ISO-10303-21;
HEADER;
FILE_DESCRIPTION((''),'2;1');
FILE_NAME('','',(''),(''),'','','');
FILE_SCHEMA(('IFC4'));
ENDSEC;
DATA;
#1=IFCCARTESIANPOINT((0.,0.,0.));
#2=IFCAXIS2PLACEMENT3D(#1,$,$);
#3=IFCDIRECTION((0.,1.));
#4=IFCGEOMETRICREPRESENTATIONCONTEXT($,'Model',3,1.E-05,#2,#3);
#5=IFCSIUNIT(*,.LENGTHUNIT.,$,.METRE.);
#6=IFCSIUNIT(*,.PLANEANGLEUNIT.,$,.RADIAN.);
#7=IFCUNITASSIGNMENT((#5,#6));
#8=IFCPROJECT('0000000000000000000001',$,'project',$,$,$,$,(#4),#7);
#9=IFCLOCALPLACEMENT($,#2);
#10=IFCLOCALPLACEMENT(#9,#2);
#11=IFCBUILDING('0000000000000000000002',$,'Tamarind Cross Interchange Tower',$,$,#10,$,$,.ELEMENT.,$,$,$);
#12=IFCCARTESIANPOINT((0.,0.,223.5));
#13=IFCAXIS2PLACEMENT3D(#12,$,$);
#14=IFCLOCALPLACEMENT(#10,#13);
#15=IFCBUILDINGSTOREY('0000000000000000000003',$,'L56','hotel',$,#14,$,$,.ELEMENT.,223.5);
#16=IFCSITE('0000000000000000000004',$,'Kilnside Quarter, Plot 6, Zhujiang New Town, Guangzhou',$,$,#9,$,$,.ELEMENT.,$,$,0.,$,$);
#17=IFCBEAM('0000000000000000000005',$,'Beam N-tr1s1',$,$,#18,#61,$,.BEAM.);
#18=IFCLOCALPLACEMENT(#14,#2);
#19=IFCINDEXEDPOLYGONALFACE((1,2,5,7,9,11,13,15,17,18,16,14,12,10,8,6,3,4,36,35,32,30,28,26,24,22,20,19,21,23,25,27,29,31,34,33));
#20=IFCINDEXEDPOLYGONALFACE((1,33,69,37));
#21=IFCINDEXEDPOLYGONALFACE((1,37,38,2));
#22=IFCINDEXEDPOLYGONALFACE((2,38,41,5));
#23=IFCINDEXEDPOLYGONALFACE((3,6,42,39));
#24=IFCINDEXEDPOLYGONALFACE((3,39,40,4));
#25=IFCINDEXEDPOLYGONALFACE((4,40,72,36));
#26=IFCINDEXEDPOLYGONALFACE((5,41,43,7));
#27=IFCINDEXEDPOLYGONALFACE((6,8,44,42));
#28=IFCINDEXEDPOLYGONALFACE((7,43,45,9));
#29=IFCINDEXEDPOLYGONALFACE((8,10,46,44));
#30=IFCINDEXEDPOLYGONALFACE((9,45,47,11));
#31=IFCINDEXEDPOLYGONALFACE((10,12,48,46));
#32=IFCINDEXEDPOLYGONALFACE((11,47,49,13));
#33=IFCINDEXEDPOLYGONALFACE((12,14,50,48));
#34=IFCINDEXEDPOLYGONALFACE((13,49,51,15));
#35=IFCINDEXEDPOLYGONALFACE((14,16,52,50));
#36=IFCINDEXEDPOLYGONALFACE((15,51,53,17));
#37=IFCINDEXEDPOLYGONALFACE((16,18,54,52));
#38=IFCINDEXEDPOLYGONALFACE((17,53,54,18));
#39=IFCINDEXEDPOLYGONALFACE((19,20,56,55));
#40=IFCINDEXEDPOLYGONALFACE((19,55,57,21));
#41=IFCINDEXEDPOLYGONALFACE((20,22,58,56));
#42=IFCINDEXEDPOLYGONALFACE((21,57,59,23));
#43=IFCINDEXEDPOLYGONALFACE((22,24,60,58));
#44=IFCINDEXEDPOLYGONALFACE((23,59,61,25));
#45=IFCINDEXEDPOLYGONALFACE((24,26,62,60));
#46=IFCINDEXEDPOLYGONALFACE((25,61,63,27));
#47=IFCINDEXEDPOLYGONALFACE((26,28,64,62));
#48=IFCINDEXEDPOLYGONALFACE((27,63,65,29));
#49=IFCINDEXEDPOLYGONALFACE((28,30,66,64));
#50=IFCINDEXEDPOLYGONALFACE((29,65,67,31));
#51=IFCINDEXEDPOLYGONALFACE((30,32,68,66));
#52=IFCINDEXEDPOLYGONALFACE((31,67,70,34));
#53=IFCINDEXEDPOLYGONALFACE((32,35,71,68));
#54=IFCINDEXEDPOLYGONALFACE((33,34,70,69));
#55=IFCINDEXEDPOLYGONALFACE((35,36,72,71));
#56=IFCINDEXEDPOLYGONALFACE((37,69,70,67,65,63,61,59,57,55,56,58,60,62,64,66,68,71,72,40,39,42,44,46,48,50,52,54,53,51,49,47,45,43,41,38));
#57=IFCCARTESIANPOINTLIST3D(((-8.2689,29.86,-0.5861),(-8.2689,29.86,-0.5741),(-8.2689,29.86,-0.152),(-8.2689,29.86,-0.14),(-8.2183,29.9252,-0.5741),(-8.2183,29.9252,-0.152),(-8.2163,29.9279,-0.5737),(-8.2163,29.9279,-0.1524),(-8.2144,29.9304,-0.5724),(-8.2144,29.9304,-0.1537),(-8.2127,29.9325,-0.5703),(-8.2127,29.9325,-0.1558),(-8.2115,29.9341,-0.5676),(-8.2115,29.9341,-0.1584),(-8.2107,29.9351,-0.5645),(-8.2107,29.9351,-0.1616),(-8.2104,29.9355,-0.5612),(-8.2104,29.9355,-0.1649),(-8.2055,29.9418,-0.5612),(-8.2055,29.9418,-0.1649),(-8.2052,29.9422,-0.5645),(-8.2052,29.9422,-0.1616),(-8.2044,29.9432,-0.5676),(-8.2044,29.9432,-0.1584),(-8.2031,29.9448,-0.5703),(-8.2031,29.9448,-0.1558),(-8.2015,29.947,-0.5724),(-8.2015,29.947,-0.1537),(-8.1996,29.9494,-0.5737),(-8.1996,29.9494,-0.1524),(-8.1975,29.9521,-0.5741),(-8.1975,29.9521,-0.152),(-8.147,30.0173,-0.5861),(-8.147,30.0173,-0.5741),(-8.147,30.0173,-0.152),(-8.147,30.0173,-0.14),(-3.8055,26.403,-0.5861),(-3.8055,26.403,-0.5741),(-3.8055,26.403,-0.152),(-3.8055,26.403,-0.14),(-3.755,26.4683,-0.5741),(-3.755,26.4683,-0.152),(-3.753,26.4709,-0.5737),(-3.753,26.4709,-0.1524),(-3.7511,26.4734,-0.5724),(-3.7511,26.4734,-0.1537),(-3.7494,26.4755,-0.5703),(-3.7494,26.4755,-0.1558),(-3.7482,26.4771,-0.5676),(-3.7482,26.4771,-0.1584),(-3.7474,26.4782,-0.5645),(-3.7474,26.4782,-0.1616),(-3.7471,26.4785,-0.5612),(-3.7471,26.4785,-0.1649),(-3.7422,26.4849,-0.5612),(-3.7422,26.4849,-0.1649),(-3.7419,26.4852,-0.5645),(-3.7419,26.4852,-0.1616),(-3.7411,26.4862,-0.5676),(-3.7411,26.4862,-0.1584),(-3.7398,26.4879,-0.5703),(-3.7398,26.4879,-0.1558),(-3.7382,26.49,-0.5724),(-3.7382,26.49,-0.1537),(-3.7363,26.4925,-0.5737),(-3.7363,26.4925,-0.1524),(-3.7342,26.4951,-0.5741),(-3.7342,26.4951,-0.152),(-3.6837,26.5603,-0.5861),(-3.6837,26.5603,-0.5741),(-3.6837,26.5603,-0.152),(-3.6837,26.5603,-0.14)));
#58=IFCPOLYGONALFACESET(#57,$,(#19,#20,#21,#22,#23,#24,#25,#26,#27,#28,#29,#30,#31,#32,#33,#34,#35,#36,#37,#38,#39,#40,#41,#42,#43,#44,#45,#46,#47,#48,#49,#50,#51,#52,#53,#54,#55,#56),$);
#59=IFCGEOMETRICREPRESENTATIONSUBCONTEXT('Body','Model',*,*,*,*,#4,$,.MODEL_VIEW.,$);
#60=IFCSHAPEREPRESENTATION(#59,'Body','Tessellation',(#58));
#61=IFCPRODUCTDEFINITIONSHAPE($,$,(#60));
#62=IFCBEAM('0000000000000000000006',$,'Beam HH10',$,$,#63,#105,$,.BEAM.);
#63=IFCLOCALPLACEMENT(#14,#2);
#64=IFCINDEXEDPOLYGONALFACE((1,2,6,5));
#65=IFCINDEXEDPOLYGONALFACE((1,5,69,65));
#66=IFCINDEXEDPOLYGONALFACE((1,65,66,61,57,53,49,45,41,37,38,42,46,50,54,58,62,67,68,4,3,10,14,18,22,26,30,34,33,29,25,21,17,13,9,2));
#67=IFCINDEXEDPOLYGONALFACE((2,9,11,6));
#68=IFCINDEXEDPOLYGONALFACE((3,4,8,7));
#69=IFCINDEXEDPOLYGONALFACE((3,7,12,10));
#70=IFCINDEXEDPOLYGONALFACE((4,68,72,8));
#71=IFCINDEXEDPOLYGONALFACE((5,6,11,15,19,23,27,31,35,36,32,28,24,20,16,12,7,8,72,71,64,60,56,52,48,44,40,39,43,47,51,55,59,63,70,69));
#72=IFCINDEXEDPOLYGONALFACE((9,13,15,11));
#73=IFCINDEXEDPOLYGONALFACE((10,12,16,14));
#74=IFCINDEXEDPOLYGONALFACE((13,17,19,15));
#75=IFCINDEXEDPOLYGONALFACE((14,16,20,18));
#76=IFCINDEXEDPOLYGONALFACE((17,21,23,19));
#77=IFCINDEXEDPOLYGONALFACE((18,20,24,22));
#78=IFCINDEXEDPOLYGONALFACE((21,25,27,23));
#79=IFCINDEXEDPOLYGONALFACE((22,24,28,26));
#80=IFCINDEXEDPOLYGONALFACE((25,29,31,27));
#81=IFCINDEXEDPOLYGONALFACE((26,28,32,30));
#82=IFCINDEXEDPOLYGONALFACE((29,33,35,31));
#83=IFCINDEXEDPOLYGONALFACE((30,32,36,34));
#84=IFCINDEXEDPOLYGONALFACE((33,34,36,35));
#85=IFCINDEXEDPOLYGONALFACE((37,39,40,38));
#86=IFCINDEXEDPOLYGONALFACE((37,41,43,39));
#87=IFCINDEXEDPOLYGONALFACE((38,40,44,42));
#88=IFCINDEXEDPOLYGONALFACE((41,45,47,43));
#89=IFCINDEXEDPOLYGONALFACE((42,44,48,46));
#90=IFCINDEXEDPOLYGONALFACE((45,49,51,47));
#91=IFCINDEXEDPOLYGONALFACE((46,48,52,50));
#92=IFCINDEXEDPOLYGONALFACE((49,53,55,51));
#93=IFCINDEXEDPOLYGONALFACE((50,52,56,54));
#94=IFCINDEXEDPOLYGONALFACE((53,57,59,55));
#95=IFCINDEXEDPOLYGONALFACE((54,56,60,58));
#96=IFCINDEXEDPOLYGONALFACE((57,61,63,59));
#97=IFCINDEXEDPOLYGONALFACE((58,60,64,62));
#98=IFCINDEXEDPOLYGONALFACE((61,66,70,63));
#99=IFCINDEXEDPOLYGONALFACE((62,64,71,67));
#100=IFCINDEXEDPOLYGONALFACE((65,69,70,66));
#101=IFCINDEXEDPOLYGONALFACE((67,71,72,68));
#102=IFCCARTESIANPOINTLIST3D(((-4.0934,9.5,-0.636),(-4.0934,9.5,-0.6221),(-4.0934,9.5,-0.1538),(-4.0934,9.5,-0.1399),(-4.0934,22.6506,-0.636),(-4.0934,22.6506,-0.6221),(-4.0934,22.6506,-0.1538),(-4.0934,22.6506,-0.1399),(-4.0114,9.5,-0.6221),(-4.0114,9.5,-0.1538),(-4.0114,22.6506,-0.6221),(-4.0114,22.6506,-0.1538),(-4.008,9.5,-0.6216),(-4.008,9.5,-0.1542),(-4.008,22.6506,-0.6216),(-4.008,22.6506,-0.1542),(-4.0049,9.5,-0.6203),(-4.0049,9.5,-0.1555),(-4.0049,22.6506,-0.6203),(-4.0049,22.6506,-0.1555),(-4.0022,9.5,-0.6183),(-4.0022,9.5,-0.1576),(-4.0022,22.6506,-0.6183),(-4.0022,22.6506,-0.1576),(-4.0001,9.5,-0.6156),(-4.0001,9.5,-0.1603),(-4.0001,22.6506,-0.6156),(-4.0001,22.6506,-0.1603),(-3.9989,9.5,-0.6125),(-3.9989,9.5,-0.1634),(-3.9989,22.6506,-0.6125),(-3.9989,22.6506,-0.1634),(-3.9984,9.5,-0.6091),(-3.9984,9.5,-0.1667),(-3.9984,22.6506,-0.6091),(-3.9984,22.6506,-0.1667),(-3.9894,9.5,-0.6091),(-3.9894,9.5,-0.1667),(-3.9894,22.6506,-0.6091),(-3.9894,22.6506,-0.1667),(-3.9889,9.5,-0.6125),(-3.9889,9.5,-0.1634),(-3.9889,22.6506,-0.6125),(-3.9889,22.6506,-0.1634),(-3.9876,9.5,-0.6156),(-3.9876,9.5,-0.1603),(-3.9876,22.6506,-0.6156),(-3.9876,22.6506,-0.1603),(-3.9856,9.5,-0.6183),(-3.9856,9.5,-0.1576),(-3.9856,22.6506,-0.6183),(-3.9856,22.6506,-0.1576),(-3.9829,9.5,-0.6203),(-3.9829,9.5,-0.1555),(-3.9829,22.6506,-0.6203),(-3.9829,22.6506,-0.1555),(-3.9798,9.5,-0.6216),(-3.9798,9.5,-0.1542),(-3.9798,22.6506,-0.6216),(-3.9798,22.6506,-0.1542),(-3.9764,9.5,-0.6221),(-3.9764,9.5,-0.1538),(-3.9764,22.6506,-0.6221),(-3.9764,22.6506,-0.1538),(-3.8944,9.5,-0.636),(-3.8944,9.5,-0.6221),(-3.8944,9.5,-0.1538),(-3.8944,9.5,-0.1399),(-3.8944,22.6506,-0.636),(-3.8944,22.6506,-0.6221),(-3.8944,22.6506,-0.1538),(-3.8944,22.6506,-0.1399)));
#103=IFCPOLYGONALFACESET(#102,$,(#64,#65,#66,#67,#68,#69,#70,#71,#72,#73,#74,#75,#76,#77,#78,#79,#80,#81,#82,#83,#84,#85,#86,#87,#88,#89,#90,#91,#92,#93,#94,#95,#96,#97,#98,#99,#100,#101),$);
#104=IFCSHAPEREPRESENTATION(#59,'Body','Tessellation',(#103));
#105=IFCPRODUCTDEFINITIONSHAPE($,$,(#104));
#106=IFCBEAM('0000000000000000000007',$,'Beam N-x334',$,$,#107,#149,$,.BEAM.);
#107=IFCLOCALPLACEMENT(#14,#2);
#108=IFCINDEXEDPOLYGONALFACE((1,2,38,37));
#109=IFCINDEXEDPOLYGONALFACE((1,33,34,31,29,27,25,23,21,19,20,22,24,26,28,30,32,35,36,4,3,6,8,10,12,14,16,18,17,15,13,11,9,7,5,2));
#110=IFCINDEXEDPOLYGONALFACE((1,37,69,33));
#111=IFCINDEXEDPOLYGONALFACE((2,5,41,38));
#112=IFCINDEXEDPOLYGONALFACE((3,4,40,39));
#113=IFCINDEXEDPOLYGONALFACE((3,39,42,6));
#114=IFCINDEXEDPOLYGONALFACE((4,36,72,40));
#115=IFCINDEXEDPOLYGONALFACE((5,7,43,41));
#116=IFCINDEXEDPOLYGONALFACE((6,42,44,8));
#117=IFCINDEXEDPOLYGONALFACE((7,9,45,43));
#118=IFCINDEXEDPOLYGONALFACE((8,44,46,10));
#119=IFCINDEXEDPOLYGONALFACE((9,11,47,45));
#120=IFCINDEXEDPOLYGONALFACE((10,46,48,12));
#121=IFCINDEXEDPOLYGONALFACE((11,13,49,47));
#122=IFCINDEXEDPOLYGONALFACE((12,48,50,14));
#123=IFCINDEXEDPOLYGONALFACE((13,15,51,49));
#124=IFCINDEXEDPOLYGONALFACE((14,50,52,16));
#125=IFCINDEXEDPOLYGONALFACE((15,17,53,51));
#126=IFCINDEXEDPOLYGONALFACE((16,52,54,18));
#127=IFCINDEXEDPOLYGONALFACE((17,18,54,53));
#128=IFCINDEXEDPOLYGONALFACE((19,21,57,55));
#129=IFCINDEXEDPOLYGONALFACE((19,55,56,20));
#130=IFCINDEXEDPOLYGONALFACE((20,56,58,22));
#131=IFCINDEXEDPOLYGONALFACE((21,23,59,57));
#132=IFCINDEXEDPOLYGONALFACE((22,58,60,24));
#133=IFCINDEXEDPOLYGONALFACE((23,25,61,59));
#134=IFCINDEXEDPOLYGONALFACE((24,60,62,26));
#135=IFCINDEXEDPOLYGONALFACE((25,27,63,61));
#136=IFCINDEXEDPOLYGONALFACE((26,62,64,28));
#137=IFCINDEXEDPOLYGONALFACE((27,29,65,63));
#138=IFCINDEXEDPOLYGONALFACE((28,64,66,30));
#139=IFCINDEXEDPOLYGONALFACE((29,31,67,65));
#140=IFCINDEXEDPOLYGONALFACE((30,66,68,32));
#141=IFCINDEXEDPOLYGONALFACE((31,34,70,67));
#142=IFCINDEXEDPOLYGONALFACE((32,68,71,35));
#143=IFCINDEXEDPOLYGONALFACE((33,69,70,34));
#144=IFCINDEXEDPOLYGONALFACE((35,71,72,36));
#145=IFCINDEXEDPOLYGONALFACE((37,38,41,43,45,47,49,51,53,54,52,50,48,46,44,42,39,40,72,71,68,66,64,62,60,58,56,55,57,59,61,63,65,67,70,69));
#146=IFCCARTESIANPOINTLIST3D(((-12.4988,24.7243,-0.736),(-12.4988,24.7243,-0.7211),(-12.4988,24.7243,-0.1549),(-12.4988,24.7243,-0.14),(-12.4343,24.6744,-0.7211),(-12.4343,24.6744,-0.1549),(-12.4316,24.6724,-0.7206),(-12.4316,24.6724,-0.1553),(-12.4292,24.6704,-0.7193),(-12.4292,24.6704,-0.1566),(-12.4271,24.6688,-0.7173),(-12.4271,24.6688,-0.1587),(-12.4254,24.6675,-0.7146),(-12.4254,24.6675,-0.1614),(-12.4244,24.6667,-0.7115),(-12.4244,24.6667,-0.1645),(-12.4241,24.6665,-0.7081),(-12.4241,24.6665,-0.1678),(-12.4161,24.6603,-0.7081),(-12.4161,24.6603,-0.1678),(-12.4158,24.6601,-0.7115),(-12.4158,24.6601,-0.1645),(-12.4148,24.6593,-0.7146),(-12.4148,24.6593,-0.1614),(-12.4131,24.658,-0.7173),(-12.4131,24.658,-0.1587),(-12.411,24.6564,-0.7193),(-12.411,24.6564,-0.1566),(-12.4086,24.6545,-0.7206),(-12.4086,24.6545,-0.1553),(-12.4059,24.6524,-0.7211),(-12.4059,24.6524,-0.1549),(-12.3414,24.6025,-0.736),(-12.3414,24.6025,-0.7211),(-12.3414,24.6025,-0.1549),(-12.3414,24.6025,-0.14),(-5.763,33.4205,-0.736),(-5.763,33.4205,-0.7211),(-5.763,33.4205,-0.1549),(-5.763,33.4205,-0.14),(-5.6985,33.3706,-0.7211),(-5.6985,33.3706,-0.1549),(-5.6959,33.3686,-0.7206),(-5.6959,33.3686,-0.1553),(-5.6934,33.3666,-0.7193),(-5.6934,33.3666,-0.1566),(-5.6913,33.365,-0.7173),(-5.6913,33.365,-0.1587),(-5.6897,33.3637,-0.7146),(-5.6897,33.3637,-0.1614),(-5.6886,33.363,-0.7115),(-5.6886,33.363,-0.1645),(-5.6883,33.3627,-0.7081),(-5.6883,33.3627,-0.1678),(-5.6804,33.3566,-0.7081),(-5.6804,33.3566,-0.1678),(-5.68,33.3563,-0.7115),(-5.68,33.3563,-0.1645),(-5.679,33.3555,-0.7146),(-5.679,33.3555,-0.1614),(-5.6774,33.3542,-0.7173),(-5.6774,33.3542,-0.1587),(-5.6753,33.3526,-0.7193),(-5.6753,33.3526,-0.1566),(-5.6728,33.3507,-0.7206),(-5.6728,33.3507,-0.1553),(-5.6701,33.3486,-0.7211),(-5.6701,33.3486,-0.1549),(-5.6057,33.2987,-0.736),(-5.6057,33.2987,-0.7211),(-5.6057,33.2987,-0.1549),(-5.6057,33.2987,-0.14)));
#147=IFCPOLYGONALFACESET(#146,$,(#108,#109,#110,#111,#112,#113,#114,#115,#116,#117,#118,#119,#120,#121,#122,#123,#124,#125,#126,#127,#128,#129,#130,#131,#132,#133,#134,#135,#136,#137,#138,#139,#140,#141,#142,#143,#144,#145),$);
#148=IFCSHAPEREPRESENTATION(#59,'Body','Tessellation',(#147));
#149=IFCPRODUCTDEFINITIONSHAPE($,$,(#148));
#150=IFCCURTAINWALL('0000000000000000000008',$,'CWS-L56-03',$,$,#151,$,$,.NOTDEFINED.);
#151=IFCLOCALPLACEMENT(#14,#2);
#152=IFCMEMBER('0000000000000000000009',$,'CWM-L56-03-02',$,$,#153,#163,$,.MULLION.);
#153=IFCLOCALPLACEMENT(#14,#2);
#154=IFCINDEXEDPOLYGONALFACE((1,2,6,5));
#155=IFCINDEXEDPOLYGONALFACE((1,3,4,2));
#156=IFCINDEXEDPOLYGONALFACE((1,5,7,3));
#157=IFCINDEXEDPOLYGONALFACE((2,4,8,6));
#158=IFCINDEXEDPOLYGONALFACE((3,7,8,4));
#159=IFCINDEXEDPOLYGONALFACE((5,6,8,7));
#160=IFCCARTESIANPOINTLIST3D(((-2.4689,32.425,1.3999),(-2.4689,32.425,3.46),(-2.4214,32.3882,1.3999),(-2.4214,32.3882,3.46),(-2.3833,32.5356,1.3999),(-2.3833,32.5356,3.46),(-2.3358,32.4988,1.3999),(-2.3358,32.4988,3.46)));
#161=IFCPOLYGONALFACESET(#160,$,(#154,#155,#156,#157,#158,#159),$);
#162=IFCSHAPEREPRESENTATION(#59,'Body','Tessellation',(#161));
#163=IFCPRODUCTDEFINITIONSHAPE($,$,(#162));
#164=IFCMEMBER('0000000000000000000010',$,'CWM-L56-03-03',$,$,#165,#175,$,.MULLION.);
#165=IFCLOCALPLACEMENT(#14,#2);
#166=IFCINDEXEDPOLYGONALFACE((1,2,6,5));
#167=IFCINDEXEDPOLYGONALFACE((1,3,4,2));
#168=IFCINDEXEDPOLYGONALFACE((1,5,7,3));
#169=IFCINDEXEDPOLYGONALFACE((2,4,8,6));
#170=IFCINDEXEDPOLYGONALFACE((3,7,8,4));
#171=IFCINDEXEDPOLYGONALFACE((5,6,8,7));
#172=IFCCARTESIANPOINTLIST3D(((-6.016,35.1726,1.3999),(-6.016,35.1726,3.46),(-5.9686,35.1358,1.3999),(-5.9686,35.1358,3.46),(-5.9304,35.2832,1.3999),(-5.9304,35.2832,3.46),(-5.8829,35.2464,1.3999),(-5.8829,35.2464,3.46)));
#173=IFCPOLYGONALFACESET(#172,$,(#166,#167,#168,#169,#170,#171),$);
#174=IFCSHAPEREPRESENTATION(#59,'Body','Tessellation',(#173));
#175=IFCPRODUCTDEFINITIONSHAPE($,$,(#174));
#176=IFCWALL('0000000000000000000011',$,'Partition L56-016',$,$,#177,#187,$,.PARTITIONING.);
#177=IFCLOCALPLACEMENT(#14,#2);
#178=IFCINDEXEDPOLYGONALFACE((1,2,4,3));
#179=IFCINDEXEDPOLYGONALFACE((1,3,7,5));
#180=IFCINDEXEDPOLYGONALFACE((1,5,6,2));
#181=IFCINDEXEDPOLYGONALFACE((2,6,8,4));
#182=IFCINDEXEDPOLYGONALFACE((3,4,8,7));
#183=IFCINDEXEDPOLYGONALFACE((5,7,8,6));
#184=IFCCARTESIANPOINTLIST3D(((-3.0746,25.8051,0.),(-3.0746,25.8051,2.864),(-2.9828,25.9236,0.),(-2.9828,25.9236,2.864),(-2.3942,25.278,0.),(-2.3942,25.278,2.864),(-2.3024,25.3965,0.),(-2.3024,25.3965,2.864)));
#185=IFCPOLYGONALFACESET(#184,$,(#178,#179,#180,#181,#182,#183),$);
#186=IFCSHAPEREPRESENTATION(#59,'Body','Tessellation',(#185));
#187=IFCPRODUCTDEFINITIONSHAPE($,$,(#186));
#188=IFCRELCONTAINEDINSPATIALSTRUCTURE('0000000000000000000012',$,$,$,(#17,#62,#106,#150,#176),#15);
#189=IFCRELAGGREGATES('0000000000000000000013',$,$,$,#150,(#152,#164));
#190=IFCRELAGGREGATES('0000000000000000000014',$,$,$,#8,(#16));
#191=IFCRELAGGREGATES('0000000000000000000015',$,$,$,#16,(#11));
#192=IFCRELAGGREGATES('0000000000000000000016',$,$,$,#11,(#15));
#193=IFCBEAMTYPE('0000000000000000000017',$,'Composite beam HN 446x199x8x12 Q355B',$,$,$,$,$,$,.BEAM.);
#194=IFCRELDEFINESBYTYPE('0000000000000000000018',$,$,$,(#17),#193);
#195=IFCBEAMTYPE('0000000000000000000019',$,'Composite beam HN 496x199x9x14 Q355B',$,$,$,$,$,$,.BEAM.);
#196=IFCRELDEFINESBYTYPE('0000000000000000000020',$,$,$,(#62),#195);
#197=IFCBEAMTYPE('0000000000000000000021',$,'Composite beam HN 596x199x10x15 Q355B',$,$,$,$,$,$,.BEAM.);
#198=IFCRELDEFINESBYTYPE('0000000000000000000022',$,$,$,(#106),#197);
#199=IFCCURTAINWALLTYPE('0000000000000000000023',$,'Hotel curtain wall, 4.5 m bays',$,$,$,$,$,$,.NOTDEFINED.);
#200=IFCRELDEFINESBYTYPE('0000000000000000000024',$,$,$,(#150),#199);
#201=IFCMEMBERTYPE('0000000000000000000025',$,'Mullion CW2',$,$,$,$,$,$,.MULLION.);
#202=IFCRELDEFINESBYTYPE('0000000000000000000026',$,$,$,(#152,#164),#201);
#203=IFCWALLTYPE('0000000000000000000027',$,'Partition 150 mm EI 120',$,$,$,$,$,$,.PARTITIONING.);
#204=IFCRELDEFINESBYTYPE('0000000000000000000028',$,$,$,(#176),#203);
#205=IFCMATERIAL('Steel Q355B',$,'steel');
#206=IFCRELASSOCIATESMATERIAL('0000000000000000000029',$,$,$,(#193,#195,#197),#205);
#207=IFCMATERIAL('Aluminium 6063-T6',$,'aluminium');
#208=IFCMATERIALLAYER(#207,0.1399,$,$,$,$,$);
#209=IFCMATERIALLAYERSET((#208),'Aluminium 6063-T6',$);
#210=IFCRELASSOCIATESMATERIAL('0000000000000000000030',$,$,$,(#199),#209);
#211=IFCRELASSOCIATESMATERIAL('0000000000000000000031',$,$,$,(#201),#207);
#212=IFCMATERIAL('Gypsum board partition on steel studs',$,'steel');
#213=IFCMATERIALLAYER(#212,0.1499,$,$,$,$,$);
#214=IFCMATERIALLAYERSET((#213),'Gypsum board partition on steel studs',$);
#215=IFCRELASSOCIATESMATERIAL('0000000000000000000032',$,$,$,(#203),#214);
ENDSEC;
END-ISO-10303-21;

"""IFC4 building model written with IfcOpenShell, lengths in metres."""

from ifc_helpers import new_model, si_unit, direction, frame, frame_2d, origin, origin_2d, place, context, subcontext, project, spatial, rectangle, i_section, extrude, material, layer, layer_set, material_profile, profile_set, type_object, element, aggregate, save


model = new_model("IFC4")

# Units and contexts
model_context = context("Model", 3, precision=1e-05, world=origin(), true_north=direction((0.0, 1.0)))
body_context = subcontext(model_context, "Body", "Model", "MODEL_VIEW")
ifc_project = project(units=[si_unit("LENGTHUNIT", "METRE"), si_unit("PLANEANGLEUNIT", "RADIAN")], contexts=[model_context])

# Site, building, storey
site_placement = place(None, origin())
site = spatial("IfcSite", under=ifc_project, at=site_placement, Name="Kilnside Quarter, Plot 6, Zhujiang New Town, Guangzhou", CompositionType="ELEMENT", RefElevation=0.0)
building_placement = place(site_placement, origin())
building = spatial("IfcBuilding", under=site, at=building_placement, Name="Tamarind Cross Interchange Tower", CompositionType="ELEMENT")
storey_placement = place(building_placement, frame((0.0, 0.0, 223.5)))
storey = spatial("IfcBuildingStorey", under=building, at=storey_placement, Name="L56", Description="hotel", CompositionType="ELEMENT", Elevation=223.5)

# Beams
ifc_material_1 = material(Name="Steel Q355B", Category="steel")
ifc_material_profile_1 = material_profile(ifc_material_1, i_section(OverallWidth=0.199, OverallDepth=0.446, WebThickness=0.0081, FlangeThickness=0.012, FilletRadius=0.0129, at=origin_2d()), Name="HN 446x199x8x12")
ifc_profile_set_1 = profile_set([ifc_material_profile_1], Name="Steel Q355B")
beam_type_1 = type_object("IfcBeamType", Name="Composite beam HN 446x199x8x12 Q355B", PredefinedType="BEAM", material=ifc_profile_set_1)
beam_1_placement = place(storey_placement, frame((-3.7446, 26.4817, -0.363), z_axis=(-0.790594, 0.612341, 0.0), x_axis=(-0.612341, -0.790594, 0.0)))
element("IfcBeam", 1, at=beam_1_placement, inside=storey, type_object=beam_type_1, Name="Beam N-tr1s1", PredefinedType="BEAM", context=body_context, shape_type="SweptSolid", body=[
    extrude(i_section(OverallWidth=0.199, OverallDepth=0.446, WebThickness=0.0081, FlangeThickness=0.012, FilletRadius=0.0129, at=origin_2d()), origin(), (0.0, 0.0, 1.0), 5.6455),
])
ifc_material_profile_2 = material_profile(ifc_material_1, i_section(OverallWidth=0.199, OverallDepth=0.4961, WebThickness=0.009, FlangeThickness=0.0139, FilletRadius=0.0129, at=origin_2d()), Name="HN 496x199x9x14")
ifc_profile_set_2 = profile_set([ifc_material_profile_2], Name="Steel Q355B")
beam_type_2 = type_object("IfcBeamType", Name="Composite beam HN 496x199x9x14 Q355B", PredefinedType="BEAM", material=ifc_profile_set_2)
beam_2_placement = place(storey_placement, frame((-3.9939, 22.6506, -0.3879), z_axis=(0.0, -1.0, 0.0), x_axis=(1.0, 0.0, 0.0)))
element("IfcBeam", 2, at=beam_2_placement, inside=storey, type_object=beam_type_2, Name="Beam HH10", PredefinedType="BEAM", context=body_context, shape_type="SweptSolid", body=[
    extrude(i_section(OverallWidth=0.199, OverallDepth=0.4961, WebThickness=0.009, FlangeThickness=0.0139, FilletRadius=0.0129, at=origin_2d()), origin(), (0.0, 0.0, 1.0), 13.1506),
])
ifc_material_profile_3 = material_profile(ifc_material_1, i_section(OverallWidth=0.199, OverallDepth=0.5959, WebThickness=0.01, FlangeThickness=0.0149, FilletRadius=0.0129, at=origin_2d()), Name="HN 596x199x10x15")
ifc_profile_set_3 = profile_set([ifc_material_profile_3], Name="Steel Q355B")
beam_type_3 = type_object("IfcBeamType", Name="Composite beam HN 596x199x10x15 Q355B", PredefinedType="BEAM", material=ifc_profile_set_3)
beam_3_placement = place(storey_placement, frame((-5.6843, 33.3596, -0.438), z_axis=(-0.612357, -0.790582, 0.0), x_axis=(0.790582, -0.612357, 0.0)))
element("IfcBeam", 3, at=beam_3_placement, inside=storey, type_object=beam_type_3, Name="Beam N-x334", PredefinedType="BEAM", context=body_context, shape_type="SweptSolid", body=[
    extrude(i_section(OverallWidth=0.199, OverallDepth=0.5959, WebThickness=0.01, FlangeThickness=0.0149, FilletRadius=0.0129, at=origin_2d()), origin(), (0.0, 0.0, 1.0), 10.9998),
])

# Curtain wall, members
ifc_material_2 = material(Name="Aluminium 6063-T6", Category="aluminium")
ifc_layer_1 = layer(ifc_material_2, 0.1399)
ifc_layer_set_1 = layer_set([ifc_layer_1], Name="Aluminium 6063-T6")
curtain_wall_type = type_object("IfcCurtainWallType", Name="Hotel curtain wall, 4.5 m bays", PredefinedType="NOTDEFINED", material=ifc_layer_set_1)
curtain_wall_placement = place(storey_placement, origin())
curtain_wall = element("IfcCurtainWall", 4, at=curtain_wall_placement, inside=storey, type_object=curtain_wall_type, Name="CWS-L56-03", PredefinedType="NOTDEFINED")
ifc_material_profile_4 = material_profile(ifc_material_2, rectangle(XDim=0.0601, YDim=0.1399, at=origin_2d()), Name="Mullion CW2")
ifc_profile_set_4 = profile_set([ifc_material_profile_4], Name="Aluminium 6063-T6")
member_type = type_object("IfcMemberType", Name="Mullion CW2", PredefinedType="MULLION", material=ifc_profile_set_4)
member_1_placement = place(storey_placement, frame((-2.4023, 32.4619, 1.3999), z_axis=(0.0, 0.0, 1.0), x_axis=(-0.790583, 0.612355, 0.0)))
member_1 = element("IfcMember", 5, at=member_1_placement, type_object=member_type, Name="CWM-L56-03-02", PredefinedType="MULLION", context=body_context, shape_type="SweptSolid", body=[
    extrude(rectangle(XDim=0.0601, YDim=0.1399, at=origin_2d()), origin(), (0.0, 0.0, 1.0), 2.0601),
])
member_2_placement = place(storey_placement, frame((-5.9495, 35.2095, 1.3999), z_axis=(0.0, 0.0, 1.0), x_axis=(-0.790583, 0.612355, 0.0)))
member_2 = element("IfcMember", 6, at=member_2_placement, type_object=member_type, Name="CWM-L56-03-03", PredefinedType="MULLION", context=body_context, shape_type="SweptSolid", body=[
    extrude(rectangle(XDim=0.0601, YDim=0.1399, at=origin_2d()), origin(), (0.0, 0.0, 1.0), 2.0601),
])
aggregate(curtain_wall, [member_1, member_2])

# Wall
ifc_material_3 = material(Name="Gypsum board partition on steel studs", Category="steel")
ifc_layer_2 = layer(ifc_material_3, 0.1499)
ifc_layer_set_2 = layer_set([ifc_layer_2], Name="Gypsum board partition on steel studs")
wall_type_1 = type_object("IfcWallType", Name="Partition 150 mm EI 120", PredefinedType="PARTITIONING", material=ifc_layer_set_2)
wall_1_placement = place(storey_placement, frame((-3.0286, 25.8643, 0.0), z_axis=(0.0, 0.0, 1.0), x_axis=(0.790542, -0.612408, 0.0)))
element("IfcWall", 7, at=wall_1_placement, inside=storey, type_object=wall_type_1, Name="Partition L56-016", PredefinedType="PARTITIONING", context=body_context, shape_type="SweptSolid", body=[
    extrude(rectangle(XDim=0.8606, YDim=0.1499, at=frame_2d((0.4302, 0.0))), origin(), (0.0, 0.0, 1.0), 2.864),
])

save(model, "model.ifc")
